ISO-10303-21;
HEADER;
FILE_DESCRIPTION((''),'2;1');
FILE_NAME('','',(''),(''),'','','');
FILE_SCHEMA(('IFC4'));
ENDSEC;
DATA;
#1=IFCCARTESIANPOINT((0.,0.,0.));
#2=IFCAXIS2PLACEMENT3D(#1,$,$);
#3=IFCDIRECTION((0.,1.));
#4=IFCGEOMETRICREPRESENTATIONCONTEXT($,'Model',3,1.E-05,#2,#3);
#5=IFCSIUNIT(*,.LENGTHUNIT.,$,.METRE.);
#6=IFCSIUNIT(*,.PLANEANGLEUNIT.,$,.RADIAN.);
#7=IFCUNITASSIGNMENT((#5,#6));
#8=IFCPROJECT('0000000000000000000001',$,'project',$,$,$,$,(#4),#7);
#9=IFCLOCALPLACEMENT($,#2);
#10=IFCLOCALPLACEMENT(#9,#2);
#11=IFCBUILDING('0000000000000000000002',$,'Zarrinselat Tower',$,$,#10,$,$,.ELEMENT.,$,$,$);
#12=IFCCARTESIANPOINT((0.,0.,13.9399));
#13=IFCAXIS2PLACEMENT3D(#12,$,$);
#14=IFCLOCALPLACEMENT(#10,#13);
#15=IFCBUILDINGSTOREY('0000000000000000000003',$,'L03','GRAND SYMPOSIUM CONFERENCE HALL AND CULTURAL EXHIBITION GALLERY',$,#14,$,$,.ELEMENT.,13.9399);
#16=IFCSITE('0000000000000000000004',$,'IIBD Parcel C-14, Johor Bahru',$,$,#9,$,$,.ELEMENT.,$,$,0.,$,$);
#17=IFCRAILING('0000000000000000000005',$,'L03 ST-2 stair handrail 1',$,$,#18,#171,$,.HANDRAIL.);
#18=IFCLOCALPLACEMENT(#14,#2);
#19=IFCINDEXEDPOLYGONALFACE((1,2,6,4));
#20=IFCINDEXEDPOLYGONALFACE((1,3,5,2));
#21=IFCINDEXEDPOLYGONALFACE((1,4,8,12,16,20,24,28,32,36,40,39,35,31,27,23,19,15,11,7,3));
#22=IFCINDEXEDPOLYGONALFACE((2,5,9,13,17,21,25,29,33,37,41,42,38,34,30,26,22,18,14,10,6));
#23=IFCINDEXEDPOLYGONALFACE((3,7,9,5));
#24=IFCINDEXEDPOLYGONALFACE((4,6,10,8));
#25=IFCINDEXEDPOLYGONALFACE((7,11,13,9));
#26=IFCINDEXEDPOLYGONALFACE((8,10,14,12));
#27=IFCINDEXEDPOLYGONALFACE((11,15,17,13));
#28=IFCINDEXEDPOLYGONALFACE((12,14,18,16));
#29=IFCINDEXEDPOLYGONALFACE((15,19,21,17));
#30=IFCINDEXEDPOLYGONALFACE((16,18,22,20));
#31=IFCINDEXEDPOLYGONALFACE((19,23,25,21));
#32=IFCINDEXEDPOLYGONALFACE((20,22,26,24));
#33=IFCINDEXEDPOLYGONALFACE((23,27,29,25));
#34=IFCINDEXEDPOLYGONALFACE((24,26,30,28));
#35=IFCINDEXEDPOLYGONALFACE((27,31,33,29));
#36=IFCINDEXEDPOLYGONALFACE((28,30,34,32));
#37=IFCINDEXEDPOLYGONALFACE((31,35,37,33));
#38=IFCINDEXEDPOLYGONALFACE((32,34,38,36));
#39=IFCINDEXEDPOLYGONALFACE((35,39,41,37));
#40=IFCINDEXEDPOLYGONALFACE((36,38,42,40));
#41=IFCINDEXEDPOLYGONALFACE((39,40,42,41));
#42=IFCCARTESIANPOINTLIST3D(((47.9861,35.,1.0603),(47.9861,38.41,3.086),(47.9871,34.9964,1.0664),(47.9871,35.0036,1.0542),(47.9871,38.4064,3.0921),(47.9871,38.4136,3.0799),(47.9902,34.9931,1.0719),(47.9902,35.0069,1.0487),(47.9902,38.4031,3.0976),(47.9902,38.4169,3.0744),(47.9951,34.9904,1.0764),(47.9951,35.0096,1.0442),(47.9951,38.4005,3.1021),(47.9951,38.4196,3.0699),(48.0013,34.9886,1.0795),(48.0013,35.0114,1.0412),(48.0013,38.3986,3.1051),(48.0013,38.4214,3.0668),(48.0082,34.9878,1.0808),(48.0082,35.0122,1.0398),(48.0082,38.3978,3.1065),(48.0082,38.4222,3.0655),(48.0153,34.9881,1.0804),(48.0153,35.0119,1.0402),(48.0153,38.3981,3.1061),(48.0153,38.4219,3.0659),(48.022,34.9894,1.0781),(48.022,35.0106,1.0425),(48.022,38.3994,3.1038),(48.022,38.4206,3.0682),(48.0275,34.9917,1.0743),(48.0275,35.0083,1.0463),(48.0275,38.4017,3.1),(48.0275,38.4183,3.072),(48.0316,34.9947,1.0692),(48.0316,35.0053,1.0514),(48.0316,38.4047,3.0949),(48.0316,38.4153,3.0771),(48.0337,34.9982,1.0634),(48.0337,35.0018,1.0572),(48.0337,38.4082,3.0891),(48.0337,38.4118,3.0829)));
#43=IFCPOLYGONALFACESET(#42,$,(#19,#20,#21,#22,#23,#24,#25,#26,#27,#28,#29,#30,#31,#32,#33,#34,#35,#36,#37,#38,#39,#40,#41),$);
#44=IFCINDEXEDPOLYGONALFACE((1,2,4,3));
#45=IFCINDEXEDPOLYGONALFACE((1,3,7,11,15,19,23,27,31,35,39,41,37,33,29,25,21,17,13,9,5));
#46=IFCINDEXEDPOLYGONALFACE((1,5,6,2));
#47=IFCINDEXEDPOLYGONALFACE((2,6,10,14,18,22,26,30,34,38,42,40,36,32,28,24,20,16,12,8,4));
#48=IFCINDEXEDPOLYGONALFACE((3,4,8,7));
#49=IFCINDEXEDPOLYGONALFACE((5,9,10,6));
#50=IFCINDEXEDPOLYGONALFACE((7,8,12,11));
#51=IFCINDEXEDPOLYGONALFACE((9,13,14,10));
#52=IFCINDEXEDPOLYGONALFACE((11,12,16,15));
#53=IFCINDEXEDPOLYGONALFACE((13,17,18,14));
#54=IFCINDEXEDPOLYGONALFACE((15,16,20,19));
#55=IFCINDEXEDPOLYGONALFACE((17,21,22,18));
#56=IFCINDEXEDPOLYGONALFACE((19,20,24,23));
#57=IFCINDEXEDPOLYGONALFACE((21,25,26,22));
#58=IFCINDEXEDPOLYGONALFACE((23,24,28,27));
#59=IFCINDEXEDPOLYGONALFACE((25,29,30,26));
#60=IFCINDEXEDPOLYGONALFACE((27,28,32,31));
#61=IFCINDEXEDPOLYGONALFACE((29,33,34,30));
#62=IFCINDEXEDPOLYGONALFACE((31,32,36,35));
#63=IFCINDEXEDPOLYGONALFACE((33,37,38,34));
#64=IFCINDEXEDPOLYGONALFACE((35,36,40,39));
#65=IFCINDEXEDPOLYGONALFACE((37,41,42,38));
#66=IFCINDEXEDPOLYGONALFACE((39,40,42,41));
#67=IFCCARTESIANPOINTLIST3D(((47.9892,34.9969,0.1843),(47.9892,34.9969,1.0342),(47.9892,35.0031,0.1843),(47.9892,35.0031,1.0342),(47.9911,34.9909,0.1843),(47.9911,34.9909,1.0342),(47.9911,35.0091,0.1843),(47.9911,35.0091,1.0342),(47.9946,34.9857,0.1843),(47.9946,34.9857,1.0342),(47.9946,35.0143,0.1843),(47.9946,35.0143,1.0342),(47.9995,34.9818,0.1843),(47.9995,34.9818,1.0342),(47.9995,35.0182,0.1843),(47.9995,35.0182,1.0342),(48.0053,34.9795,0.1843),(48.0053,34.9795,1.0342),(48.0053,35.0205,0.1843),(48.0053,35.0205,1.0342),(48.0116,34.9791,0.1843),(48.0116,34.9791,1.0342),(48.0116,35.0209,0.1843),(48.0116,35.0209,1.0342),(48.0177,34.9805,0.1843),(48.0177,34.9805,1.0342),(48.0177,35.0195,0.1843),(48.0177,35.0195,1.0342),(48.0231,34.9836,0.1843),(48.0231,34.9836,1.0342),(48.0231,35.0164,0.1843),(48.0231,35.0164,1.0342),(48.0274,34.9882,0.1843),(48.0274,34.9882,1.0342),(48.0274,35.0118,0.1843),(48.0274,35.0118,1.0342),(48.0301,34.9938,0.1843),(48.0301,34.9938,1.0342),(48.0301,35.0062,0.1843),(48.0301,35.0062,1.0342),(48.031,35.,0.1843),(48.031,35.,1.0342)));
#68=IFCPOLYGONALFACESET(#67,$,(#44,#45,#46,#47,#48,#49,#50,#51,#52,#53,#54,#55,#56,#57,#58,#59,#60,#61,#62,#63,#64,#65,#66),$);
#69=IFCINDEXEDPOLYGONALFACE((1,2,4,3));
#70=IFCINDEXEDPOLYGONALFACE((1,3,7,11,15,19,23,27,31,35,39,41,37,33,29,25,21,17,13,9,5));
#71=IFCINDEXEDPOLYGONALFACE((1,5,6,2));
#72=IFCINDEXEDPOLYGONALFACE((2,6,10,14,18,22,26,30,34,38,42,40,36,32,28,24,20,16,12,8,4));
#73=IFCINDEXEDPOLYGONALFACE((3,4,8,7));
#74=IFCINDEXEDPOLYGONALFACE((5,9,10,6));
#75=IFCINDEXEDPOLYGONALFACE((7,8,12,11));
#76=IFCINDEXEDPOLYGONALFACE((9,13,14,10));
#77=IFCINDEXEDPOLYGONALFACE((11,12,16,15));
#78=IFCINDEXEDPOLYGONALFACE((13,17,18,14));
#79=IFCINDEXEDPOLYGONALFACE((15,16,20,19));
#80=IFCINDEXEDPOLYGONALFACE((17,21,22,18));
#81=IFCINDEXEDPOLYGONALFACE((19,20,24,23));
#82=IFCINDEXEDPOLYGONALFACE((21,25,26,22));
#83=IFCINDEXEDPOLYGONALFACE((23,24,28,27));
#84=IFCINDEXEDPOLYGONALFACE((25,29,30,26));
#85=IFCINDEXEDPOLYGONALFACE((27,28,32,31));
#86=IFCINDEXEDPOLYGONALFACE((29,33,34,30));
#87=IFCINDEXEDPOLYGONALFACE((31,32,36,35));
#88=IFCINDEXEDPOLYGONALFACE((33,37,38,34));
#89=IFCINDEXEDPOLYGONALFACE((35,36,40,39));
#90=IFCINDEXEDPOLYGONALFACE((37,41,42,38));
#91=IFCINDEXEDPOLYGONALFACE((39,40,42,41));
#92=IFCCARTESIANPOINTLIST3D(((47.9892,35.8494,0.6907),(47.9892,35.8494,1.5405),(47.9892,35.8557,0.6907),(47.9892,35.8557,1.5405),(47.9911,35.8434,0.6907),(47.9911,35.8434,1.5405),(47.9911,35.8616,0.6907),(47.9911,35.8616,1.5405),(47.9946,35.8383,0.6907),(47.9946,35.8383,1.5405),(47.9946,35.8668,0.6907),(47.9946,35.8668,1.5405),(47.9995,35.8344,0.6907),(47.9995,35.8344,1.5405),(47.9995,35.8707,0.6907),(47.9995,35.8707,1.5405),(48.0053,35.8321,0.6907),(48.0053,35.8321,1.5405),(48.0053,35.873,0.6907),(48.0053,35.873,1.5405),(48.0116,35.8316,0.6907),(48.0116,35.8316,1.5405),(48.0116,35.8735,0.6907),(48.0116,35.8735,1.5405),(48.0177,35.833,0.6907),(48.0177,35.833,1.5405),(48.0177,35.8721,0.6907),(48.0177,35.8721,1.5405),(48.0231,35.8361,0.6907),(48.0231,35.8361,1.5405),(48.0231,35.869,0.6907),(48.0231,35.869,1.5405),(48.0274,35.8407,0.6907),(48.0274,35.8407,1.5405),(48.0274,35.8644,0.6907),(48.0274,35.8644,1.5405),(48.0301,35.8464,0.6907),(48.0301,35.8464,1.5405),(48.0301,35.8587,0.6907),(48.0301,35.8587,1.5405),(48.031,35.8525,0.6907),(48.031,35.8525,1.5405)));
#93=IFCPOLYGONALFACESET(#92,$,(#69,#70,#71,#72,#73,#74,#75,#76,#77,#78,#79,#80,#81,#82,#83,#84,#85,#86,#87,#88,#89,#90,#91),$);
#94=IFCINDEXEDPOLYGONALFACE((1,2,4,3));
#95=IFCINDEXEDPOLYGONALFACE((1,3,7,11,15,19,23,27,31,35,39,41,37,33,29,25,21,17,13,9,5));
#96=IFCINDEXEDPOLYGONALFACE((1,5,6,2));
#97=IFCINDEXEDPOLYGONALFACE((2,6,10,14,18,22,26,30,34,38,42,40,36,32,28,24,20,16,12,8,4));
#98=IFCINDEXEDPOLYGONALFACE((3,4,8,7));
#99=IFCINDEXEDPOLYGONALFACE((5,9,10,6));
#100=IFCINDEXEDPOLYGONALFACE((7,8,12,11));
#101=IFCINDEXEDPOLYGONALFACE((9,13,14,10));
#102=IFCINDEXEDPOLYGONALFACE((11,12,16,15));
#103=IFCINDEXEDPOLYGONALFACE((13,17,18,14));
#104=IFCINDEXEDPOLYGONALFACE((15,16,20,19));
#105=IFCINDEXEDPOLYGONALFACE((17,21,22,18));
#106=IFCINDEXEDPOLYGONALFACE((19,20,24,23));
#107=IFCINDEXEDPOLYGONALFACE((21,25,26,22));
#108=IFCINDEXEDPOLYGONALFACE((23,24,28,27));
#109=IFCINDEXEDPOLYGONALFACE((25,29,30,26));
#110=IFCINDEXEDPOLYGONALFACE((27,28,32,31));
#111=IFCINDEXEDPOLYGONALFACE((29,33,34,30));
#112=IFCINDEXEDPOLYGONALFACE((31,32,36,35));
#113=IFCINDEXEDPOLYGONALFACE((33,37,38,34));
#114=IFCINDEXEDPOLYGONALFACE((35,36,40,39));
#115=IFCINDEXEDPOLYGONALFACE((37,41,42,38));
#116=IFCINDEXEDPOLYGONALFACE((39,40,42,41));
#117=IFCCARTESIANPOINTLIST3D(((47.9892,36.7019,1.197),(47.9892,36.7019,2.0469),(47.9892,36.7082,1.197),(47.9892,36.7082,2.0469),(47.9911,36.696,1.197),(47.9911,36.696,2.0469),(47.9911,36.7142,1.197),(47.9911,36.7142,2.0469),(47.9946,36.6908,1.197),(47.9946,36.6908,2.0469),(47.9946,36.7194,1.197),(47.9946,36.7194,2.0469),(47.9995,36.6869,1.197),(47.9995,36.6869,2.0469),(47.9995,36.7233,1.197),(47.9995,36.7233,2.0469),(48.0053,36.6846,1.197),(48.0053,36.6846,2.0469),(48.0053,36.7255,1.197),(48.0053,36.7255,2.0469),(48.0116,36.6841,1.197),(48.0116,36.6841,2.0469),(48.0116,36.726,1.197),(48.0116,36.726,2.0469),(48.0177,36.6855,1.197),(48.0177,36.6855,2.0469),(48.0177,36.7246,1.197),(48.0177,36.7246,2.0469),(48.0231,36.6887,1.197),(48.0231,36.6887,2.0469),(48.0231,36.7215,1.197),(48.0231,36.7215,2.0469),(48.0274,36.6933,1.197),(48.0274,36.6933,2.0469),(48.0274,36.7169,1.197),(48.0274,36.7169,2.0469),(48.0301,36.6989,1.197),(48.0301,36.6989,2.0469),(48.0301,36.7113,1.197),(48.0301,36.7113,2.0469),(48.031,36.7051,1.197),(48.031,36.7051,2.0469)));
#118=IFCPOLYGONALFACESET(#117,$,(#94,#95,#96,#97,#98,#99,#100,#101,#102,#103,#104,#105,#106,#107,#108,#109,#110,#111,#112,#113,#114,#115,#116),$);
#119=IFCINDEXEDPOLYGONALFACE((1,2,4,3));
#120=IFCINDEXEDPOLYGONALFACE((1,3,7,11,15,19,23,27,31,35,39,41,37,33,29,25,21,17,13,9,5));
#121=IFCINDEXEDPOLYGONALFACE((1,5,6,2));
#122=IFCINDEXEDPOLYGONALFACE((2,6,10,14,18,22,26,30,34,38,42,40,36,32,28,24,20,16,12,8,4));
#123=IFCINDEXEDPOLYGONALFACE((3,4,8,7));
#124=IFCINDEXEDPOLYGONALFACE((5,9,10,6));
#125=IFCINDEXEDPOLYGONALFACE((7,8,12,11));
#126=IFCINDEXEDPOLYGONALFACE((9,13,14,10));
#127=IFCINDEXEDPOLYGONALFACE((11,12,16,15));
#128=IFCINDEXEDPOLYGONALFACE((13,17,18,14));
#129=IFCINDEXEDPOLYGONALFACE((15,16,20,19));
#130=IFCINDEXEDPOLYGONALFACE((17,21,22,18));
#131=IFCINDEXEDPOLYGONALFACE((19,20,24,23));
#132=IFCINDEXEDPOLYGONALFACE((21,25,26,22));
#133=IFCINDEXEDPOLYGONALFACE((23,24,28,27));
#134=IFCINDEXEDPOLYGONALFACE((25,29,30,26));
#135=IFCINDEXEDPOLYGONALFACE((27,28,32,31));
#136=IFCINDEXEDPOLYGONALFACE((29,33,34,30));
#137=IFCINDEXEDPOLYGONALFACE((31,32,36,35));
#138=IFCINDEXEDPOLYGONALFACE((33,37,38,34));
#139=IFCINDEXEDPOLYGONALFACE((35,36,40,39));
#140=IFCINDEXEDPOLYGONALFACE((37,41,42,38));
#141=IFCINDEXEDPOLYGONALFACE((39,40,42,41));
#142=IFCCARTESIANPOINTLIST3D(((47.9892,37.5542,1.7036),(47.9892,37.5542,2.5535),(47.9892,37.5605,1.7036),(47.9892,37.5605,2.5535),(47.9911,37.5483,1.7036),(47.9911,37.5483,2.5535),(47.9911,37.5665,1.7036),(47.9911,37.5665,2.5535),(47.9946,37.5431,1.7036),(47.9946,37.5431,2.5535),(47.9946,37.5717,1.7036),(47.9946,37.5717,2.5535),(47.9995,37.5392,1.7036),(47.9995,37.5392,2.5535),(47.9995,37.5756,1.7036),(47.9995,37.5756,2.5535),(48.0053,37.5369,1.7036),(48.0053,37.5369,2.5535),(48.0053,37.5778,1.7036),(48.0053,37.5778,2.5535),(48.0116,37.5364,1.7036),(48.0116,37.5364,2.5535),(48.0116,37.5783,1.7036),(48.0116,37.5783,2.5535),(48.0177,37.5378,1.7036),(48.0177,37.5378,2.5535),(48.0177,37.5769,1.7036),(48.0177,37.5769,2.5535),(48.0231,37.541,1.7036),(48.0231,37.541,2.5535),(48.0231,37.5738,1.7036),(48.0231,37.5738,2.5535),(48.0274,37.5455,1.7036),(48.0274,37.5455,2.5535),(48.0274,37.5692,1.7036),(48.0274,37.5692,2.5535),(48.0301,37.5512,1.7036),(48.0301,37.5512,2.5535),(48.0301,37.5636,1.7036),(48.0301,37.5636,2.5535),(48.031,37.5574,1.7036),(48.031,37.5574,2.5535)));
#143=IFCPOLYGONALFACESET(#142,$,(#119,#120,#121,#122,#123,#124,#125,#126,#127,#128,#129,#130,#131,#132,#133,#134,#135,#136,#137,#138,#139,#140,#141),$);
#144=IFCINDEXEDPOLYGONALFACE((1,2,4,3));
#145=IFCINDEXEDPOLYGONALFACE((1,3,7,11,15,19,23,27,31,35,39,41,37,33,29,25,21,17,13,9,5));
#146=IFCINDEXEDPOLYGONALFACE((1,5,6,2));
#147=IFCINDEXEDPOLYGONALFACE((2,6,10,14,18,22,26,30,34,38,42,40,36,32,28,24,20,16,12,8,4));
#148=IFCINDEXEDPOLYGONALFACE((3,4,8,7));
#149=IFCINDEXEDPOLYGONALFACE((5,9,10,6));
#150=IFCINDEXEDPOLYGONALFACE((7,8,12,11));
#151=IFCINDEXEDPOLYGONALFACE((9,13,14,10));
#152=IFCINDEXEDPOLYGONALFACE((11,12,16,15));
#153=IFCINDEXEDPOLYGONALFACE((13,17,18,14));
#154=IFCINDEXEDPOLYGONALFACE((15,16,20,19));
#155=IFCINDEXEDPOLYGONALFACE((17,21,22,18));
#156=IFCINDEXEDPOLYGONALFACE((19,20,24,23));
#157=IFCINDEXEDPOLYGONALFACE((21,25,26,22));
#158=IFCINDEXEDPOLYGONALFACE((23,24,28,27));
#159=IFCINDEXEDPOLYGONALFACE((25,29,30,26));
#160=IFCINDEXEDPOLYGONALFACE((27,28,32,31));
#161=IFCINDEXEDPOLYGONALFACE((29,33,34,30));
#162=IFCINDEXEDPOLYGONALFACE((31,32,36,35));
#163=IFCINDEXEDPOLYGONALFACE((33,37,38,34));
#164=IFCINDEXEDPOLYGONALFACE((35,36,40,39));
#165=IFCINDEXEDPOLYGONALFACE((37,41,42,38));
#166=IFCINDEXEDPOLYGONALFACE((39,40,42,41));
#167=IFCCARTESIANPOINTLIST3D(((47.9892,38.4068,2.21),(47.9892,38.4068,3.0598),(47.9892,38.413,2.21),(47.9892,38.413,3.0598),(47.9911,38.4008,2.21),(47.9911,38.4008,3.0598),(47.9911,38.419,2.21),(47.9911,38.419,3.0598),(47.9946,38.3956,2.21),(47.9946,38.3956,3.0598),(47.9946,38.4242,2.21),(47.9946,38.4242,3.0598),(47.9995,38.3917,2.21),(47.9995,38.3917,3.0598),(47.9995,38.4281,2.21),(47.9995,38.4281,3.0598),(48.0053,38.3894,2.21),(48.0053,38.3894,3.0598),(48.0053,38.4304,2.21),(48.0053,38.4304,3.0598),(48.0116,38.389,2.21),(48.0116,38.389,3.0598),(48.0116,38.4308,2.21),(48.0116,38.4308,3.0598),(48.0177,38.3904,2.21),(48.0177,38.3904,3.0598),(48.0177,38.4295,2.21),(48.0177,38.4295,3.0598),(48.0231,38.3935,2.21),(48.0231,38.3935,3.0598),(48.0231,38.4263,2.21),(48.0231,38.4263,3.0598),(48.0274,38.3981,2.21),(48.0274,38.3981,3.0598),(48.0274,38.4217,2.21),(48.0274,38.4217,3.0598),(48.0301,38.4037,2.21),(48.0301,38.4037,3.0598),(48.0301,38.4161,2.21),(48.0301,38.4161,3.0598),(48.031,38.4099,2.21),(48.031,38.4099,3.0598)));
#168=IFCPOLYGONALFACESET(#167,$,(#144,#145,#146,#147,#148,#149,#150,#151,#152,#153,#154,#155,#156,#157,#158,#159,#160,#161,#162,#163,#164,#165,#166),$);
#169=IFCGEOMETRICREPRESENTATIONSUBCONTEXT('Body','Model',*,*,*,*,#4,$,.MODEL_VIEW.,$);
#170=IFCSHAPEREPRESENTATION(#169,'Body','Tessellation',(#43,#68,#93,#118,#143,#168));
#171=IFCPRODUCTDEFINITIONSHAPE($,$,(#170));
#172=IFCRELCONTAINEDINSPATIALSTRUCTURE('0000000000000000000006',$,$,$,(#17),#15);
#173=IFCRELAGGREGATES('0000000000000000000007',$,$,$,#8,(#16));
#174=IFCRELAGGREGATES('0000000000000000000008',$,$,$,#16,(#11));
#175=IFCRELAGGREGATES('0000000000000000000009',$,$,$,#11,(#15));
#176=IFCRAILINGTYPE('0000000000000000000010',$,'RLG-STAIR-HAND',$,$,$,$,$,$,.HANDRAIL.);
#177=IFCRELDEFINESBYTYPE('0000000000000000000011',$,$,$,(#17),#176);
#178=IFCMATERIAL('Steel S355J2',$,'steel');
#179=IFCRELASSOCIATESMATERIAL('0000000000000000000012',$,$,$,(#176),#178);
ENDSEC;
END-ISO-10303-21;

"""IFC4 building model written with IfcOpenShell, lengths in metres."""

from ifc_helpers import new_model, si_unit, direction, frame, origin, origin_2d, place, context, subcontext, project, spatial, circle, extrude, material, type_object, element, save


model = new_model("IFC4")

# Units and contexts
model_context = context("Model", 3, precision=1e-05, world=origin(), true_north=direction((0.0, 1.0)))
body_context = subcontext(model_context, "Body", "Model", "MODEL_VIEW")
ifc_project = project(units=[si_unit("LENGTHUNIT", "METRE"), si_unit("PLANEANGLEUNIT", "RADIAN")], contexts=[model_context])

# Site, building, storey
site_placement = place(None, origin())
site = spatial("IfcSite", under=ifc_project, at=site_placement, Name="IIBD Parcel C-14, Johor Bahru", CompositionType="ELEMENT", RefElevation=0.0)
building_placement = place(site_placement, origin())
building = spatial("IfcBuilding", under=site, at=building_placement, Name="Zarrinselat Tower", CompositionType="ELEMENT")
storey_placement = place(building_placement, frame((0.0, 0.0, 13.9399)))
storey = spatial("IfcBuildingStorey", under=building, at=storey_placement, Name="L03", Description="GRAND SYMPOSIUM CONFERENCE HALL AND CULTURAL EXHIBITION GALLERY", CompositionType="ELEMENT", Elevation=13.9399)

# Railing
ifc_material_1 = material(Name="Steel S355J2", Category="steel")
railing_type_1 = type_object("IfcRailingType", Name="RLG-STAIR-HAND", PredefinedType="HANDRAIL", material=ifc_material_1)
railing_1_placement = place(storey_placement, frame((48.01, 35.0, 0.1843)))
element("IfcRailing", 1, at=railing_1_placement, inside=storey, type_object=railing_type_1, Name="L03 ST-2 stair handrail 1", PredefinedType="HANDRAIL", context=body_context, shape_type="SweptSolid", body=[
    extrude(circle(Radius=0.0239, at=origin_2d()), frame((0.0, 0.0, 0.876), z_axis=(0.0, 0.859744, 0.510725), x_axis=(-1.0, 0.0, 0.0)), (0.0, 0.0, 1.0), 3.9663),
    extrude(circle(Radius=0.021, at=origin_2d()), origin(), (0.0, 0.0, 1.0), 0.8499),
    extrude(circle(Radius=0.021, at=origin_2d()), frame((0.0, 0.8525, 0.5063)), (0.0, 0.0, 1.0), 0.8499),
    extrude(circle(Radius=0.021, at=origin_2d()), frame((0.0, 1.7051, 1.0127)), (0.0, 0.0, 1.0), 0.8499),
    extrude(circle(Radius=0.021, at=origin_2d()), frame((0.0, 2.5574, 1.5193)), (0.0, 0.0, 1.0), 0.8499),
    extrude(circle(Radius=0.021, at=origin_2d()), frame((0.0, 3.4099, 2.0256)), (0.0, 0.0, 1.0), 0.8499),
])

save(model, "model.ifc")
